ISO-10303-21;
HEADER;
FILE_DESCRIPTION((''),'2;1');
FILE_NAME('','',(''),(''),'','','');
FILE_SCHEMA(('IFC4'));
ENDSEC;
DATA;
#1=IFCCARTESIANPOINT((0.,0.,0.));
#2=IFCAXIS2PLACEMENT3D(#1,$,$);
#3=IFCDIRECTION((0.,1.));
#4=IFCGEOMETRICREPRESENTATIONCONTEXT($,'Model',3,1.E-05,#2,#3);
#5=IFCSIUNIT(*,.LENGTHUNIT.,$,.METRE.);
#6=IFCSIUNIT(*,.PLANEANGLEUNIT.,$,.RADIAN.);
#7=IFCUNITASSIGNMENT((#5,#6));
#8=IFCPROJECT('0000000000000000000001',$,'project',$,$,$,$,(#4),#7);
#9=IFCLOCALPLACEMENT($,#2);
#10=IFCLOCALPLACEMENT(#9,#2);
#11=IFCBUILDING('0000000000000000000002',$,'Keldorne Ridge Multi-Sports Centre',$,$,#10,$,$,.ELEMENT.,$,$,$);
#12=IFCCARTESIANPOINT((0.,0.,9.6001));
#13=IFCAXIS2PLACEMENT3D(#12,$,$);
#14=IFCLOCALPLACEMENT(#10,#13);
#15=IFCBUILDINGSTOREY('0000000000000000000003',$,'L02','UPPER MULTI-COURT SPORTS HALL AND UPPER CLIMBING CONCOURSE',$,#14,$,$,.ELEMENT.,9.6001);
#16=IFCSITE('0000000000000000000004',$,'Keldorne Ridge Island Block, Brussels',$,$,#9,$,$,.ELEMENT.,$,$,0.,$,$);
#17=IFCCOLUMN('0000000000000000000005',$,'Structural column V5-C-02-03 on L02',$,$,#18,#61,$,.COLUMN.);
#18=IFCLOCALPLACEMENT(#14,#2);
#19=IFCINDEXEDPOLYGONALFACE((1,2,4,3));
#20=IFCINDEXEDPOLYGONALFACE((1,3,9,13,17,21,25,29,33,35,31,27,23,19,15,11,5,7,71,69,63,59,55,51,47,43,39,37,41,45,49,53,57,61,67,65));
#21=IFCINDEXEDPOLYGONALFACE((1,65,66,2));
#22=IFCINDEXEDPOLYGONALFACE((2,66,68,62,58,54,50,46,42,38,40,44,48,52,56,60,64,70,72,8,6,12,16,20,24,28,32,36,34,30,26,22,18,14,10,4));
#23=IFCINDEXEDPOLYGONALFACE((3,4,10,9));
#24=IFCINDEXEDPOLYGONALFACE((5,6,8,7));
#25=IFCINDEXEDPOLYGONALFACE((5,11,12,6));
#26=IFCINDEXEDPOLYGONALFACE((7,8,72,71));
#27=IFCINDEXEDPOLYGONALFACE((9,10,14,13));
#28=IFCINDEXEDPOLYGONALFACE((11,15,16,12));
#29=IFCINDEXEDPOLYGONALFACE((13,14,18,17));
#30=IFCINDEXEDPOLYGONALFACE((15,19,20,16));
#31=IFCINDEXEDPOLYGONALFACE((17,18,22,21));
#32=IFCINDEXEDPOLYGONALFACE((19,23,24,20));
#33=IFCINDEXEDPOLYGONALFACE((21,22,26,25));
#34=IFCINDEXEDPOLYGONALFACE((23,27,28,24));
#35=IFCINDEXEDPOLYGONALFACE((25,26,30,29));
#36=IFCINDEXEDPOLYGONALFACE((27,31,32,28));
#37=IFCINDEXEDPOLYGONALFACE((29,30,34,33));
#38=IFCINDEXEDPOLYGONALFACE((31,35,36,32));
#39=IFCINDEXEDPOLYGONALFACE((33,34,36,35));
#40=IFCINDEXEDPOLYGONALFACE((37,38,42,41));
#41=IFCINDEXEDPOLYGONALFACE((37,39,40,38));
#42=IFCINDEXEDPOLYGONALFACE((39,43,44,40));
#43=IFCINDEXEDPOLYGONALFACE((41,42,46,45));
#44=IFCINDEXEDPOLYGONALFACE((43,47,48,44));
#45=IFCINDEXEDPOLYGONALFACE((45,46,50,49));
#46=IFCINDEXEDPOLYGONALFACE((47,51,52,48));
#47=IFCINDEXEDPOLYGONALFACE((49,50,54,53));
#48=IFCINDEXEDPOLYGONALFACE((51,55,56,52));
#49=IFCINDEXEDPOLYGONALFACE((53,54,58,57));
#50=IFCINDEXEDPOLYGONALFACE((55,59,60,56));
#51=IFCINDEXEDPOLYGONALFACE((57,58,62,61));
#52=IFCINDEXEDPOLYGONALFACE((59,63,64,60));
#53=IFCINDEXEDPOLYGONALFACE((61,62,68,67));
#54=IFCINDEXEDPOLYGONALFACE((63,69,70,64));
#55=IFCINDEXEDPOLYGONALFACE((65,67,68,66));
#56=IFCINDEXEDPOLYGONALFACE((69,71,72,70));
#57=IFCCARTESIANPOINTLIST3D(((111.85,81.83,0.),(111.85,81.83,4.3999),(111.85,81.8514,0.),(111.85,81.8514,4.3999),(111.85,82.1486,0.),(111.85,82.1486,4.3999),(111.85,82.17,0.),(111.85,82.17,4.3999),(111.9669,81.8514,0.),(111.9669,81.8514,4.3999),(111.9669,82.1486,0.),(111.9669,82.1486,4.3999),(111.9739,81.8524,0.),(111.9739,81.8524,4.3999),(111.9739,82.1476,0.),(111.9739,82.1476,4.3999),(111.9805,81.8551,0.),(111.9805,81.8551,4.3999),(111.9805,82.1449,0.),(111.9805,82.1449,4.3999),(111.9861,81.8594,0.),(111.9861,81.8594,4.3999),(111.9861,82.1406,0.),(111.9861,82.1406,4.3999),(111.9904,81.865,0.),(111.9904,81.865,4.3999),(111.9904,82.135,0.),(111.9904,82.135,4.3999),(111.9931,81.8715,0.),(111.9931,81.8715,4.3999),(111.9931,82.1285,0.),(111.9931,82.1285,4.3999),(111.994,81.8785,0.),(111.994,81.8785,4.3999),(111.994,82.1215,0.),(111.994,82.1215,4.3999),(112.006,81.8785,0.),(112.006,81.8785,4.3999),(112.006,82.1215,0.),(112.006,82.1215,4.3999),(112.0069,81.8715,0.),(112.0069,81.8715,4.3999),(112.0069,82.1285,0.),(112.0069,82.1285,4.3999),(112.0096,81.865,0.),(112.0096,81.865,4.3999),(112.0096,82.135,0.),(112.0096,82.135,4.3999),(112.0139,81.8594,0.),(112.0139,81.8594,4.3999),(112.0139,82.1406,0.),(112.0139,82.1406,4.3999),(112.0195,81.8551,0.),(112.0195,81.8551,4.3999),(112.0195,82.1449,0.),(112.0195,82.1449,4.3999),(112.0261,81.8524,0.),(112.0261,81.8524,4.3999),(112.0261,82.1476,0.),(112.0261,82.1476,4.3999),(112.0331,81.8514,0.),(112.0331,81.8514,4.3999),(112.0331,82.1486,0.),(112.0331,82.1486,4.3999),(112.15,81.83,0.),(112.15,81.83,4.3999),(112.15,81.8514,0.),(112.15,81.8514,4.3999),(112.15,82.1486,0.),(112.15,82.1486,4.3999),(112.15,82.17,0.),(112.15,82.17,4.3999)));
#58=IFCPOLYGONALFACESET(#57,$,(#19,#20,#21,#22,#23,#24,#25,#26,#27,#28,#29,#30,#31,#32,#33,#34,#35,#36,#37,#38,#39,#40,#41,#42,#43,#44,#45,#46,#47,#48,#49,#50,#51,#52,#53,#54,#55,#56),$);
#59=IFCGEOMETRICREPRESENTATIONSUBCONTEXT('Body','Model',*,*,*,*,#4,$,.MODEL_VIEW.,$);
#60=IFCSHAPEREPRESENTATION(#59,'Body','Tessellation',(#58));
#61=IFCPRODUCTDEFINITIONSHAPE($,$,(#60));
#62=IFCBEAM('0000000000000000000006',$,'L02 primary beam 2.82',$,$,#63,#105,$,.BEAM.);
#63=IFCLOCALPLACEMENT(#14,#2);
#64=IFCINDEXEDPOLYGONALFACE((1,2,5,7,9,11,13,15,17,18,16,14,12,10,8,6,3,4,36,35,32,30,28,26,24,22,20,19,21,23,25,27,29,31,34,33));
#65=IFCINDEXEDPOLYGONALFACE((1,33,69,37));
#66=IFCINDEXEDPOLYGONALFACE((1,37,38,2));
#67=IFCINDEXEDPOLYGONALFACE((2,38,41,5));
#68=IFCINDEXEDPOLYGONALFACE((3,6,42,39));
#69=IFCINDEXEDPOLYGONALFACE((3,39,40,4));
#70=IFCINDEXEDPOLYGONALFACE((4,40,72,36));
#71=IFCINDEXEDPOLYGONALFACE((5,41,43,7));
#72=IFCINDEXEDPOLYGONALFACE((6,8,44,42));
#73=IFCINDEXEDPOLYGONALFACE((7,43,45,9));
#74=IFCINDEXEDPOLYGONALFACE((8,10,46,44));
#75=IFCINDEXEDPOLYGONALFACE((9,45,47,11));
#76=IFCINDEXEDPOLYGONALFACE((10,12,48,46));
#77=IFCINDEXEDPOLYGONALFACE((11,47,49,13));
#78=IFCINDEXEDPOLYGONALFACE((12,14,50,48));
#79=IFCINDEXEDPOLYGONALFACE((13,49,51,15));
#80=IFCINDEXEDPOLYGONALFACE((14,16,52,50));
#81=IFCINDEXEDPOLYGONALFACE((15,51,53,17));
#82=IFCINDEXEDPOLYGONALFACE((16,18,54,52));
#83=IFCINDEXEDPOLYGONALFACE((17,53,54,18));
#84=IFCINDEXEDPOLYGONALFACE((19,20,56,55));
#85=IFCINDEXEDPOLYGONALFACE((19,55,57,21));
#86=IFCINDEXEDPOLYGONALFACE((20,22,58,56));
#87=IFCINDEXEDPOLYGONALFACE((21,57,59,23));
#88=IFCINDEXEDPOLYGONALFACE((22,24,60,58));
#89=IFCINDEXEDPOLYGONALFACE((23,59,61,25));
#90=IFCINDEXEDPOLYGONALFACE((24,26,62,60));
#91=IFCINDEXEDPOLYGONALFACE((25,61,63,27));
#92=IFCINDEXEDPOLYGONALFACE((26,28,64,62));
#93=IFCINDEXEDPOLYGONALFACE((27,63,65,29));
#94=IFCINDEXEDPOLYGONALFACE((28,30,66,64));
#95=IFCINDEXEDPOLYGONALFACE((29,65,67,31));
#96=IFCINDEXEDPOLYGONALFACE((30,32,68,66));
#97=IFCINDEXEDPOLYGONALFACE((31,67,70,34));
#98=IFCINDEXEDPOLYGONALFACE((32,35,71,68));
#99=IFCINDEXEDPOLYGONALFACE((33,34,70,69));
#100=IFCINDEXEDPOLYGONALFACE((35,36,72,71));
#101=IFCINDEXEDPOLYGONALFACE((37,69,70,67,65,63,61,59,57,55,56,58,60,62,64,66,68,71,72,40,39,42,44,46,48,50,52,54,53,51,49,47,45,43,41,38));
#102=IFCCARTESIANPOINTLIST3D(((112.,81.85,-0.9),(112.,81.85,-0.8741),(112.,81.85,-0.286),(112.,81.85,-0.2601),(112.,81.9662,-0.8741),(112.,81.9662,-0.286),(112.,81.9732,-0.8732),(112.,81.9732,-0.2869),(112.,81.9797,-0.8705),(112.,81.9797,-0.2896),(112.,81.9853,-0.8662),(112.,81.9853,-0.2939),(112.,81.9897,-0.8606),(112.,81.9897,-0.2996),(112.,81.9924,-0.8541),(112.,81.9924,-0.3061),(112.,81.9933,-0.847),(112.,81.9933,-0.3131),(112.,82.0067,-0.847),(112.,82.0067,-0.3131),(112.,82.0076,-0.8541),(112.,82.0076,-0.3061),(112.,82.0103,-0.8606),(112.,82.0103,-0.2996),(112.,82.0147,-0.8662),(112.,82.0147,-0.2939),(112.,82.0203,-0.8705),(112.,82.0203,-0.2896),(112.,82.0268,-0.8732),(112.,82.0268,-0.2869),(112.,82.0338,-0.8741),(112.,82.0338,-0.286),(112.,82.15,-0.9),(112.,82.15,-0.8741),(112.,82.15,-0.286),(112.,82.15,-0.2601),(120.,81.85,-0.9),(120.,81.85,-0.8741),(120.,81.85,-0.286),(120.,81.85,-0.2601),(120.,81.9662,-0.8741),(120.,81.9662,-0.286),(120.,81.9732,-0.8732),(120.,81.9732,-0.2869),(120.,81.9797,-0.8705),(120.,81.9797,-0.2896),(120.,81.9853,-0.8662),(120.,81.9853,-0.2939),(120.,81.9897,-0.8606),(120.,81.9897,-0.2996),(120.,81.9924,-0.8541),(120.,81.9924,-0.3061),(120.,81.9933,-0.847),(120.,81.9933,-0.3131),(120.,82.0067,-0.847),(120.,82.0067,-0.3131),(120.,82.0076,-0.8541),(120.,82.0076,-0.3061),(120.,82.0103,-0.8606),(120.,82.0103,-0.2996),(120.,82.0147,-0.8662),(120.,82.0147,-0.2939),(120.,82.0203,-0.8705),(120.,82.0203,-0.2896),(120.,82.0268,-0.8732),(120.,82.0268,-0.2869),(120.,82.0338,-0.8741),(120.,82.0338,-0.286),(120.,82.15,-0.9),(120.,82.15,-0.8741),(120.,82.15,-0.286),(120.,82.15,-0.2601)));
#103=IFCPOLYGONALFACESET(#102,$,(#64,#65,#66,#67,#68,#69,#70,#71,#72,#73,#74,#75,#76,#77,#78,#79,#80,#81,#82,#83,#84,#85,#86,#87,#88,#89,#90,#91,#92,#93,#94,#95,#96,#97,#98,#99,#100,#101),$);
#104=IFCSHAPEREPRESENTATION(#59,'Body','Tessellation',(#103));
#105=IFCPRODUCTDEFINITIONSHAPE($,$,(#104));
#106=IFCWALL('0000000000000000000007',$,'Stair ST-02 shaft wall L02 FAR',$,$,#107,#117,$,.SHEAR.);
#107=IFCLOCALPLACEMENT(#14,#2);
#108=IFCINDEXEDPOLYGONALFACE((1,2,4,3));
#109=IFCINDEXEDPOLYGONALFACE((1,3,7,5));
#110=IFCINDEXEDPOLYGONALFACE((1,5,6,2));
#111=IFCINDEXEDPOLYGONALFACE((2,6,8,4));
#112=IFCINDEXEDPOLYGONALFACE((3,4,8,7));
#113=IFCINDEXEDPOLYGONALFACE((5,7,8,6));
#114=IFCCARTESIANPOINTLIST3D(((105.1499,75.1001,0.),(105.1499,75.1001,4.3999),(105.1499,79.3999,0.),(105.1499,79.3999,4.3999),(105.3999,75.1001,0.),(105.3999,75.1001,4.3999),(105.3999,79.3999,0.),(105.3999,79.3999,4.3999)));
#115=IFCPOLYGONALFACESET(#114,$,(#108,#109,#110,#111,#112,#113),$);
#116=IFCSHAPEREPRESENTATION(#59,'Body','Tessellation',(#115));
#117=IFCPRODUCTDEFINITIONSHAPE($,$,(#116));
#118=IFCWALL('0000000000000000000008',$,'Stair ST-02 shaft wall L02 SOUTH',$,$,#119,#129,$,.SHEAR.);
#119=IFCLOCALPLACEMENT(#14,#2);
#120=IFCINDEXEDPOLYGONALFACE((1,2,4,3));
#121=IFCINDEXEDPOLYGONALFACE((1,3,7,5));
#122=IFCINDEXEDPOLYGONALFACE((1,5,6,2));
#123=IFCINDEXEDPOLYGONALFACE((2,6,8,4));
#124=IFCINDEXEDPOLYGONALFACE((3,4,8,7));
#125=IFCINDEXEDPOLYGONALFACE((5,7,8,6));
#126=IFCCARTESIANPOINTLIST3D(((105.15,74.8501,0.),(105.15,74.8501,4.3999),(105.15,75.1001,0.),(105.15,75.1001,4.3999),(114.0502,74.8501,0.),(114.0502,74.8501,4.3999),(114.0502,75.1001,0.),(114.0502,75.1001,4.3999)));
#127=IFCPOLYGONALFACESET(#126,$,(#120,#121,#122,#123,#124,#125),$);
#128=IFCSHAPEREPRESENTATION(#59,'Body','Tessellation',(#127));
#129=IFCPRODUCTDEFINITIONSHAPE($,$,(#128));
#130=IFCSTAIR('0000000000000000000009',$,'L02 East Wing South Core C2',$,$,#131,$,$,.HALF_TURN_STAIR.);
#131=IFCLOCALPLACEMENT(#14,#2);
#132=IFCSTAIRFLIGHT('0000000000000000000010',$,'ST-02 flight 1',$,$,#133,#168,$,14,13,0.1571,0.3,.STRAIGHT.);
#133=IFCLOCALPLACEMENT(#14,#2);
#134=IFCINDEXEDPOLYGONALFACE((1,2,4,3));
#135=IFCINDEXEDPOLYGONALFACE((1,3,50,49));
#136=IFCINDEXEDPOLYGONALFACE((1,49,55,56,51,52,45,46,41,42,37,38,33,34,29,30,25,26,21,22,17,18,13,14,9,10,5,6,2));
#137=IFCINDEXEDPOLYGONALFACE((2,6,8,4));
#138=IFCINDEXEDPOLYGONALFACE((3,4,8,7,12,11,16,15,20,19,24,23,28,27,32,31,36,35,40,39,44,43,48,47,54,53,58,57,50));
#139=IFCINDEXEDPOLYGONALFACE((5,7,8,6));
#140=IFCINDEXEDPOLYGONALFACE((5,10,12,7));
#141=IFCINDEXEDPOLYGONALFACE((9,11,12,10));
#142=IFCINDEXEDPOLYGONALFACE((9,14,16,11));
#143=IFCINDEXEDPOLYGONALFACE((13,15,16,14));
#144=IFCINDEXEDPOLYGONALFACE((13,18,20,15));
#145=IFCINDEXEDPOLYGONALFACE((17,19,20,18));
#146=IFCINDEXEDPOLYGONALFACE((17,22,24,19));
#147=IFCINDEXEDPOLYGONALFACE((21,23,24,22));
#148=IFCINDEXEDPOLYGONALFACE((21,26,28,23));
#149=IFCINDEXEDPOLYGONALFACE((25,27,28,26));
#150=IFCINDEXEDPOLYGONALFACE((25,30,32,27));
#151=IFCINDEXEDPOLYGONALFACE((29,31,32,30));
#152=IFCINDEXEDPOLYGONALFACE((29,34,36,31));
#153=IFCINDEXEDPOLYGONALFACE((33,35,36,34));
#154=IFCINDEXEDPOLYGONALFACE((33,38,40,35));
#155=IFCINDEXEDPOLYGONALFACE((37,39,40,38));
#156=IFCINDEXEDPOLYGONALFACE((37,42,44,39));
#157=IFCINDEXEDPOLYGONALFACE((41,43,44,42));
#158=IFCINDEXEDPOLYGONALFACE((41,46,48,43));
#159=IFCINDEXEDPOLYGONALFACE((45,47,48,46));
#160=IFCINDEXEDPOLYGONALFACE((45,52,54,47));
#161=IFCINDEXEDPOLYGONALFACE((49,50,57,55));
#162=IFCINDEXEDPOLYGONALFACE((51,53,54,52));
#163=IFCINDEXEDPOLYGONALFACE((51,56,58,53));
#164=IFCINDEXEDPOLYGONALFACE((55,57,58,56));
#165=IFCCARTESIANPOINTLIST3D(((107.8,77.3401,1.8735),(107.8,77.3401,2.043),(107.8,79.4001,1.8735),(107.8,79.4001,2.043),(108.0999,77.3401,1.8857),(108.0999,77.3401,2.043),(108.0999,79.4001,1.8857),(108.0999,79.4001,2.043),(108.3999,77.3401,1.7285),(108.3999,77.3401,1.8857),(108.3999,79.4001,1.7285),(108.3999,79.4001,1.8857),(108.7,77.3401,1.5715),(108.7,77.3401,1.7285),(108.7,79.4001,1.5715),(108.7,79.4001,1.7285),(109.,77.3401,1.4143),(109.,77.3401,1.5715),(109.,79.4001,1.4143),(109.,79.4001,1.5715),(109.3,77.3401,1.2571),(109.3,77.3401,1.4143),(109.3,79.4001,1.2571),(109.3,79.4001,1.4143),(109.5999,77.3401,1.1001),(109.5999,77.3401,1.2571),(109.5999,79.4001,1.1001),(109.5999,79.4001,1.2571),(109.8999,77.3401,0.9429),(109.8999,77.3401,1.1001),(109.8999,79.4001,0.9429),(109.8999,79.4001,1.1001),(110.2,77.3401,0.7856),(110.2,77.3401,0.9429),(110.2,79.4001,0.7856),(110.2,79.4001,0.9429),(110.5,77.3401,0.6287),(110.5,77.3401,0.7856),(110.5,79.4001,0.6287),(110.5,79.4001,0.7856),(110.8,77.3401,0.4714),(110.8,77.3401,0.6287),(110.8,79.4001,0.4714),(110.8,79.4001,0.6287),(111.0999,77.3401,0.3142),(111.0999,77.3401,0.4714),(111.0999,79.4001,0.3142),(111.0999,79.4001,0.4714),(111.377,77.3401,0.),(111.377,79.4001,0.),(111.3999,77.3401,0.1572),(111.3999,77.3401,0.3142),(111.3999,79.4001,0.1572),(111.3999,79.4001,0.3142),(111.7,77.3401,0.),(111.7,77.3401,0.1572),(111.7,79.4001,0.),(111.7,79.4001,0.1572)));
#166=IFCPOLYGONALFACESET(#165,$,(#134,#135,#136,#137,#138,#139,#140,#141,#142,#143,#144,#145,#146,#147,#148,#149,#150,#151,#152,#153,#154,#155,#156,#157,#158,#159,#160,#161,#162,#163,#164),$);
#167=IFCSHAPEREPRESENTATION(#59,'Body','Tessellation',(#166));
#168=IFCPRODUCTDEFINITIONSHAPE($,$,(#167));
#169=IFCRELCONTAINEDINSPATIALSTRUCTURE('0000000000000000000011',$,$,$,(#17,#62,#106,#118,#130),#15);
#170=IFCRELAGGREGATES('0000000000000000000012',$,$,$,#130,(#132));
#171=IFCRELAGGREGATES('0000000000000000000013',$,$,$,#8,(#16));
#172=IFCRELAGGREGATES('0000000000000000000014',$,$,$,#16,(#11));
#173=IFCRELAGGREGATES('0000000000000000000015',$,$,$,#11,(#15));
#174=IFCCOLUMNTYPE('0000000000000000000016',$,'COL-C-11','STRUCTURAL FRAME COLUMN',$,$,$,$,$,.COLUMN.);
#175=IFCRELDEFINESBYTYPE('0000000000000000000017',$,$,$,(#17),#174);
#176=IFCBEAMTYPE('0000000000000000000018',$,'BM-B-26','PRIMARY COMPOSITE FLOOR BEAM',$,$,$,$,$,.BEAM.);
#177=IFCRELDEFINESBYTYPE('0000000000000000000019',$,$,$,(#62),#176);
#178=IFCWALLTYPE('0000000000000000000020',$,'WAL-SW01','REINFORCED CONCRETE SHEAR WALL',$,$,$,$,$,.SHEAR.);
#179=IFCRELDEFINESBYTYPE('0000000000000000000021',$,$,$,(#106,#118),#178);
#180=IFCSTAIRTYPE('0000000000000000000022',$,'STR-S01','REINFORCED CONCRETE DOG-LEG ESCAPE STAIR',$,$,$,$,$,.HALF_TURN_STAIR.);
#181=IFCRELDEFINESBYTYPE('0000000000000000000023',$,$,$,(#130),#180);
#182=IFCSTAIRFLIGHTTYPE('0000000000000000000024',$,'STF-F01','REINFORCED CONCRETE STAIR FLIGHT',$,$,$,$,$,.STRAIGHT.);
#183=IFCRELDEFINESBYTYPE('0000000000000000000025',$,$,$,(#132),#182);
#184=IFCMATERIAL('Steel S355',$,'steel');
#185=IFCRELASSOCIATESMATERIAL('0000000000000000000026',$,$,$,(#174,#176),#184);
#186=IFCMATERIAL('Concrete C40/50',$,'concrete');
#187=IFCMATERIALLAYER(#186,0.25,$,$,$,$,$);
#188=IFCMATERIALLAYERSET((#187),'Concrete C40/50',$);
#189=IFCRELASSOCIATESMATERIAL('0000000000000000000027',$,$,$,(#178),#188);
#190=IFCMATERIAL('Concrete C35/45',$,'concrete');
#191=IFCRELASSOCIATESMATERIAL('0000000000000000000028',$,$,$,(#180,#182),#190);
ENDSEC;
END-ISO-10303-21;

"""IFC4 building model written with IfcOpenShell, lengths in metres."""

from ifc_helpers import new_model, si_unit, direction, frame, frame_2d, origin, origin_2d, place, context, subcontext, project, spatial, polyline, rectangle, i_section, outline, extrude, material, layer, layer_set, material_profile, profile_set, type_object, element, aggregate, save


model = new_model("IFC4")

# Units and contexts
model_context = context("Model", 3, precision=1e-05, world=origin(), true_north=direction((0.0, 1.0)))
body_context = subcontext(model_context, "Body", "Model", "MODEL_VIEW")
ifc_project = project(units=[si_unit("LENGTHUNIT", "METRE"), si_unit("PLANEANGLEUNIT", "RADIAN")], contexts=[model_context])

# Site, building, storey
site_placement = place(None, origin())
site = spatial("IfcSite", under=ifc_project, at=site_placement, Name="Keldorne Ridge Island Block, Brussels", CompositionType="ELEMENT", RefElevation=0.0)
building_placement = place(site_placement, origin())
building = spatial("IfcBuilding", under=site, at=building_placement, Name="Keldorne Ridge Multi-Sports Centre", CompositionType="ELEMENT")
storey_placement = place(building_placement, frame((0.0, 0.0, 9.6001)))
storey = spatial("IfcBuildingStorey", under=building, at=storey_placement, Name="L02", Description="UPPER MULTI-COURT SPORTS HALL AND UPPER CLIMBING CONCOURSE", CompositionType="ELEMENT", Elevation=9.6001)

# Column
ifc_material_1 = material(Name="Steel S355", Category="steel")
ifc_material_profile_1 = material_profile(ifc_material_1, i_section(OverallWidth=0.3, OverallDepth=0.3401, WebThickness=0.012, FlangeThickness=0.0215, FilletRadius=0.0271, at=origin_2d()), Name="HEB 340")
ifc_profile_set_1 = profile_set([ifc_material_profile_1], Name="Steel S355")
column_type = type_object("IfcColumnType", Name="COL-C-11", Description="STRUCTURAL FRAME COLUMN", PredefinedType="COLUMN", material=ifc_profile_set_1)
column_placement = place(storey_placement, frame((112.0, 82.0, 0.0), z_axis=(0.0, 0.0, 1.0), x_axis=(1.0, 0.0, 0.0)))
element("IfcColumn", 1, at=column_placement, inside=storey, type_object=column_type, Name="Structural column V5-C-02-03 on L02", PredefinedType="COLUMN", context=body_context, shape_type="SweptSolid", body=[
    extrude(i_section(OverallWidth=0.3, OverallDepth=0.3401, WebThickness=0.012, FlangeThickness=0.0215, FilletRadius=0.0271, at=origin_2d()), origin(), (0.0, 0.0, 1.0), 4.3999),
])

# Beam
ifc_material_profile_2 = material_profile(ifc_material_1, i_section(OverallWidth=0.3, OverallDepth=0.6399, WebThickness=0.0134, FlangeThickness=0.0259, FilletRadius=0.0271, at=origin_2d()), Name="HEA 650")
ifc_profile_set_2 = profile_set([ifc_material_profile_2], Name="Steel S355")
beam_type = type_object("IfcBeamType", Name="BM-B-26", Description="PRIMARY COMPOSITE FLOOR BEAM", PredefinedType="BEAM", material=ifc_profile_set_2)
beam_placement = place(storey_placement, frame((112.0, 82.0, -0.5801), z_axis=(1.0, 0.0, 0.0), x_axis=(0.0, 1.0, 0.0)))
element("IfcBeam", 2, at=beam_placement, inside=storey, type_object=beam_type, Name="L02 primary beam 2.82", PredefinedType="BEAM", context=body_context, shape_type="SweptSolid", body=[
    extrude(i_section(OverallWidth=0.3, OverallDepth=0.6399, WebThickness=0.0134, FlangeThickness=0.0259, FilletRadius=0.0271, at=origin_2d()), origin(), (0.0, 0.0, 1.0), 8.0),
])

# Walls
ifc_material_2 = material(Name="Concrete C40/50", Category="concrete")
ifc_layer = layer(ifc_material_2, 0.25)
ifc_layer_set = layer_set([ifc_layer], Name="Concrete C40/50")
wall_type = type_object("IfcWallType", Name="WAL-SW01", Description="REINFORCED CONCRETE SHEAR WALL", PredefinedType="SHEAR", material=ifc_layer_set)
wall_1_placement = place(storey_placement, frame((105.2749, 79.3999, 0.0), z_axis=(0.0, 0.0, 1.0), x_axis=(0.0, -1.0, 0.0)))
element("IfcWall", 3, at=wall_1_placement, inside=storey, type_object=wall_type, Name="Stair ST-02 shaft wall L02 FAR", PredefinedType="SHEAR", context=body_context, shape_type="SweptSolid", body=[
    extrude(rectangle(XDim=4.2998, YDim=0.25, at=frame_2d((2.1499, 0.0))), origin(), (0.0, 0.0, 1.0), 4.3999),
])
wall_2_placement = place(storey_placement, frame((105.1499, 74.9751, 0.0), z_axis=(0.0, 0.0, 1.0), x_axis=(1.0, 0.0, 0.0)))
element("IfcWall", 4, at=wall_2_placement, inside=storey, type_object=wall_type, Name="Stair ST-02 shaft wall L02 SOUTH", PredefinedType="SHEAR", context=body_context, shape_type="SweptSolid", body=[
    extrude(rectangle(XDim=8.9001, YDim=0.25, at=frame_2d((4.4502, 0.0))), origin(), (0.0, 0.0, 1.0), 4.3999),
])

# Stair, stair flight
ifc_material_3 = material(Name="Concrete C35/45", Category="concrete")
stair_type = type_object("IfcStairType", Name="STR-S01", Description="REINFORCED CONCRETE DOG-LEG ESCAPE STAIR", PredefinedType="HALF_TURN_STAIR", material=ifc_material_3)
stair_placement = place(storey_placement, origin())
stair = element("IfcStair", 5, at=stair_placement, inside=storey, type_object=stair_type, Name="L02 East Wing South Core C2", PredefinedType="HALF_TURN_STAIR")
stair_flight_type = type_object("IfcStairFlightType", Name="STF-F01", Description="REINFORCED CONCRETE STAIR FLIGHT", PredefinedType="STRAIGHT", material=ifc_material_3)
stair_flight_1_placement = place(storey_placement, frame((111.7, 78.3701, 0.0), z_axis=(0.0, 0.0, 1.0), x_axis=(-1.0, 0.0, 0.0)))
stair_flight_1 = element("IfcStairFlight", 6, at=stair_flight_1_placement, type_object=stair_flight_type, Name="ST-02 flight 1", NumberOfRisers=14, NumberOfTreads=13, PredefinedType="STRAIGHT", RiserHeight=0.1571, TreadLength=0.3, context=body_context, shape_type="SweptSolid", body=[
    extrude(outline(polyline([(0.0, 0.0), (0.0, 0.1572), (0.3, 0.1572), (0.3, 0.3142), (0.6001, 0.3142), (0.6001, 0.4714), (0.8999, 0.4714), (0.8999, 0.6287), (1.2, 0.6287), (1.2, 0.7856), (1.5, 0.7856), (1.5, 0.9429), (1.8, 0.9429), (1.8, 1.1001), (2.1001, 1.1001), (2.1001, 1.2571), (2.3999, 1.2571), (2.3999, 1.4143), (2.7, 1.4143), (2.7, 1.5715), (3.0, 1.5715), (3.0, 1.7285), (3.3, 1.7285), (3.3, 1.8857), (3.6001, 1.8857), (3.6001, 2.043), (3.8999, 2.043), (3.8999, 2.2), (3.8999, 1.8735), (0.323, 0.0), (0.0, 0.0)])), frame((0.0, 1.03, 0.0), z_axis=(0.0, -1.0, 0.0), x_axis=(1.0, 0.0, 0.0)), (0.0, 0.0, 1.0), 2.0601),
])
aggregate(stair, [stair_flight_1])

save(model, "model.ifc")
